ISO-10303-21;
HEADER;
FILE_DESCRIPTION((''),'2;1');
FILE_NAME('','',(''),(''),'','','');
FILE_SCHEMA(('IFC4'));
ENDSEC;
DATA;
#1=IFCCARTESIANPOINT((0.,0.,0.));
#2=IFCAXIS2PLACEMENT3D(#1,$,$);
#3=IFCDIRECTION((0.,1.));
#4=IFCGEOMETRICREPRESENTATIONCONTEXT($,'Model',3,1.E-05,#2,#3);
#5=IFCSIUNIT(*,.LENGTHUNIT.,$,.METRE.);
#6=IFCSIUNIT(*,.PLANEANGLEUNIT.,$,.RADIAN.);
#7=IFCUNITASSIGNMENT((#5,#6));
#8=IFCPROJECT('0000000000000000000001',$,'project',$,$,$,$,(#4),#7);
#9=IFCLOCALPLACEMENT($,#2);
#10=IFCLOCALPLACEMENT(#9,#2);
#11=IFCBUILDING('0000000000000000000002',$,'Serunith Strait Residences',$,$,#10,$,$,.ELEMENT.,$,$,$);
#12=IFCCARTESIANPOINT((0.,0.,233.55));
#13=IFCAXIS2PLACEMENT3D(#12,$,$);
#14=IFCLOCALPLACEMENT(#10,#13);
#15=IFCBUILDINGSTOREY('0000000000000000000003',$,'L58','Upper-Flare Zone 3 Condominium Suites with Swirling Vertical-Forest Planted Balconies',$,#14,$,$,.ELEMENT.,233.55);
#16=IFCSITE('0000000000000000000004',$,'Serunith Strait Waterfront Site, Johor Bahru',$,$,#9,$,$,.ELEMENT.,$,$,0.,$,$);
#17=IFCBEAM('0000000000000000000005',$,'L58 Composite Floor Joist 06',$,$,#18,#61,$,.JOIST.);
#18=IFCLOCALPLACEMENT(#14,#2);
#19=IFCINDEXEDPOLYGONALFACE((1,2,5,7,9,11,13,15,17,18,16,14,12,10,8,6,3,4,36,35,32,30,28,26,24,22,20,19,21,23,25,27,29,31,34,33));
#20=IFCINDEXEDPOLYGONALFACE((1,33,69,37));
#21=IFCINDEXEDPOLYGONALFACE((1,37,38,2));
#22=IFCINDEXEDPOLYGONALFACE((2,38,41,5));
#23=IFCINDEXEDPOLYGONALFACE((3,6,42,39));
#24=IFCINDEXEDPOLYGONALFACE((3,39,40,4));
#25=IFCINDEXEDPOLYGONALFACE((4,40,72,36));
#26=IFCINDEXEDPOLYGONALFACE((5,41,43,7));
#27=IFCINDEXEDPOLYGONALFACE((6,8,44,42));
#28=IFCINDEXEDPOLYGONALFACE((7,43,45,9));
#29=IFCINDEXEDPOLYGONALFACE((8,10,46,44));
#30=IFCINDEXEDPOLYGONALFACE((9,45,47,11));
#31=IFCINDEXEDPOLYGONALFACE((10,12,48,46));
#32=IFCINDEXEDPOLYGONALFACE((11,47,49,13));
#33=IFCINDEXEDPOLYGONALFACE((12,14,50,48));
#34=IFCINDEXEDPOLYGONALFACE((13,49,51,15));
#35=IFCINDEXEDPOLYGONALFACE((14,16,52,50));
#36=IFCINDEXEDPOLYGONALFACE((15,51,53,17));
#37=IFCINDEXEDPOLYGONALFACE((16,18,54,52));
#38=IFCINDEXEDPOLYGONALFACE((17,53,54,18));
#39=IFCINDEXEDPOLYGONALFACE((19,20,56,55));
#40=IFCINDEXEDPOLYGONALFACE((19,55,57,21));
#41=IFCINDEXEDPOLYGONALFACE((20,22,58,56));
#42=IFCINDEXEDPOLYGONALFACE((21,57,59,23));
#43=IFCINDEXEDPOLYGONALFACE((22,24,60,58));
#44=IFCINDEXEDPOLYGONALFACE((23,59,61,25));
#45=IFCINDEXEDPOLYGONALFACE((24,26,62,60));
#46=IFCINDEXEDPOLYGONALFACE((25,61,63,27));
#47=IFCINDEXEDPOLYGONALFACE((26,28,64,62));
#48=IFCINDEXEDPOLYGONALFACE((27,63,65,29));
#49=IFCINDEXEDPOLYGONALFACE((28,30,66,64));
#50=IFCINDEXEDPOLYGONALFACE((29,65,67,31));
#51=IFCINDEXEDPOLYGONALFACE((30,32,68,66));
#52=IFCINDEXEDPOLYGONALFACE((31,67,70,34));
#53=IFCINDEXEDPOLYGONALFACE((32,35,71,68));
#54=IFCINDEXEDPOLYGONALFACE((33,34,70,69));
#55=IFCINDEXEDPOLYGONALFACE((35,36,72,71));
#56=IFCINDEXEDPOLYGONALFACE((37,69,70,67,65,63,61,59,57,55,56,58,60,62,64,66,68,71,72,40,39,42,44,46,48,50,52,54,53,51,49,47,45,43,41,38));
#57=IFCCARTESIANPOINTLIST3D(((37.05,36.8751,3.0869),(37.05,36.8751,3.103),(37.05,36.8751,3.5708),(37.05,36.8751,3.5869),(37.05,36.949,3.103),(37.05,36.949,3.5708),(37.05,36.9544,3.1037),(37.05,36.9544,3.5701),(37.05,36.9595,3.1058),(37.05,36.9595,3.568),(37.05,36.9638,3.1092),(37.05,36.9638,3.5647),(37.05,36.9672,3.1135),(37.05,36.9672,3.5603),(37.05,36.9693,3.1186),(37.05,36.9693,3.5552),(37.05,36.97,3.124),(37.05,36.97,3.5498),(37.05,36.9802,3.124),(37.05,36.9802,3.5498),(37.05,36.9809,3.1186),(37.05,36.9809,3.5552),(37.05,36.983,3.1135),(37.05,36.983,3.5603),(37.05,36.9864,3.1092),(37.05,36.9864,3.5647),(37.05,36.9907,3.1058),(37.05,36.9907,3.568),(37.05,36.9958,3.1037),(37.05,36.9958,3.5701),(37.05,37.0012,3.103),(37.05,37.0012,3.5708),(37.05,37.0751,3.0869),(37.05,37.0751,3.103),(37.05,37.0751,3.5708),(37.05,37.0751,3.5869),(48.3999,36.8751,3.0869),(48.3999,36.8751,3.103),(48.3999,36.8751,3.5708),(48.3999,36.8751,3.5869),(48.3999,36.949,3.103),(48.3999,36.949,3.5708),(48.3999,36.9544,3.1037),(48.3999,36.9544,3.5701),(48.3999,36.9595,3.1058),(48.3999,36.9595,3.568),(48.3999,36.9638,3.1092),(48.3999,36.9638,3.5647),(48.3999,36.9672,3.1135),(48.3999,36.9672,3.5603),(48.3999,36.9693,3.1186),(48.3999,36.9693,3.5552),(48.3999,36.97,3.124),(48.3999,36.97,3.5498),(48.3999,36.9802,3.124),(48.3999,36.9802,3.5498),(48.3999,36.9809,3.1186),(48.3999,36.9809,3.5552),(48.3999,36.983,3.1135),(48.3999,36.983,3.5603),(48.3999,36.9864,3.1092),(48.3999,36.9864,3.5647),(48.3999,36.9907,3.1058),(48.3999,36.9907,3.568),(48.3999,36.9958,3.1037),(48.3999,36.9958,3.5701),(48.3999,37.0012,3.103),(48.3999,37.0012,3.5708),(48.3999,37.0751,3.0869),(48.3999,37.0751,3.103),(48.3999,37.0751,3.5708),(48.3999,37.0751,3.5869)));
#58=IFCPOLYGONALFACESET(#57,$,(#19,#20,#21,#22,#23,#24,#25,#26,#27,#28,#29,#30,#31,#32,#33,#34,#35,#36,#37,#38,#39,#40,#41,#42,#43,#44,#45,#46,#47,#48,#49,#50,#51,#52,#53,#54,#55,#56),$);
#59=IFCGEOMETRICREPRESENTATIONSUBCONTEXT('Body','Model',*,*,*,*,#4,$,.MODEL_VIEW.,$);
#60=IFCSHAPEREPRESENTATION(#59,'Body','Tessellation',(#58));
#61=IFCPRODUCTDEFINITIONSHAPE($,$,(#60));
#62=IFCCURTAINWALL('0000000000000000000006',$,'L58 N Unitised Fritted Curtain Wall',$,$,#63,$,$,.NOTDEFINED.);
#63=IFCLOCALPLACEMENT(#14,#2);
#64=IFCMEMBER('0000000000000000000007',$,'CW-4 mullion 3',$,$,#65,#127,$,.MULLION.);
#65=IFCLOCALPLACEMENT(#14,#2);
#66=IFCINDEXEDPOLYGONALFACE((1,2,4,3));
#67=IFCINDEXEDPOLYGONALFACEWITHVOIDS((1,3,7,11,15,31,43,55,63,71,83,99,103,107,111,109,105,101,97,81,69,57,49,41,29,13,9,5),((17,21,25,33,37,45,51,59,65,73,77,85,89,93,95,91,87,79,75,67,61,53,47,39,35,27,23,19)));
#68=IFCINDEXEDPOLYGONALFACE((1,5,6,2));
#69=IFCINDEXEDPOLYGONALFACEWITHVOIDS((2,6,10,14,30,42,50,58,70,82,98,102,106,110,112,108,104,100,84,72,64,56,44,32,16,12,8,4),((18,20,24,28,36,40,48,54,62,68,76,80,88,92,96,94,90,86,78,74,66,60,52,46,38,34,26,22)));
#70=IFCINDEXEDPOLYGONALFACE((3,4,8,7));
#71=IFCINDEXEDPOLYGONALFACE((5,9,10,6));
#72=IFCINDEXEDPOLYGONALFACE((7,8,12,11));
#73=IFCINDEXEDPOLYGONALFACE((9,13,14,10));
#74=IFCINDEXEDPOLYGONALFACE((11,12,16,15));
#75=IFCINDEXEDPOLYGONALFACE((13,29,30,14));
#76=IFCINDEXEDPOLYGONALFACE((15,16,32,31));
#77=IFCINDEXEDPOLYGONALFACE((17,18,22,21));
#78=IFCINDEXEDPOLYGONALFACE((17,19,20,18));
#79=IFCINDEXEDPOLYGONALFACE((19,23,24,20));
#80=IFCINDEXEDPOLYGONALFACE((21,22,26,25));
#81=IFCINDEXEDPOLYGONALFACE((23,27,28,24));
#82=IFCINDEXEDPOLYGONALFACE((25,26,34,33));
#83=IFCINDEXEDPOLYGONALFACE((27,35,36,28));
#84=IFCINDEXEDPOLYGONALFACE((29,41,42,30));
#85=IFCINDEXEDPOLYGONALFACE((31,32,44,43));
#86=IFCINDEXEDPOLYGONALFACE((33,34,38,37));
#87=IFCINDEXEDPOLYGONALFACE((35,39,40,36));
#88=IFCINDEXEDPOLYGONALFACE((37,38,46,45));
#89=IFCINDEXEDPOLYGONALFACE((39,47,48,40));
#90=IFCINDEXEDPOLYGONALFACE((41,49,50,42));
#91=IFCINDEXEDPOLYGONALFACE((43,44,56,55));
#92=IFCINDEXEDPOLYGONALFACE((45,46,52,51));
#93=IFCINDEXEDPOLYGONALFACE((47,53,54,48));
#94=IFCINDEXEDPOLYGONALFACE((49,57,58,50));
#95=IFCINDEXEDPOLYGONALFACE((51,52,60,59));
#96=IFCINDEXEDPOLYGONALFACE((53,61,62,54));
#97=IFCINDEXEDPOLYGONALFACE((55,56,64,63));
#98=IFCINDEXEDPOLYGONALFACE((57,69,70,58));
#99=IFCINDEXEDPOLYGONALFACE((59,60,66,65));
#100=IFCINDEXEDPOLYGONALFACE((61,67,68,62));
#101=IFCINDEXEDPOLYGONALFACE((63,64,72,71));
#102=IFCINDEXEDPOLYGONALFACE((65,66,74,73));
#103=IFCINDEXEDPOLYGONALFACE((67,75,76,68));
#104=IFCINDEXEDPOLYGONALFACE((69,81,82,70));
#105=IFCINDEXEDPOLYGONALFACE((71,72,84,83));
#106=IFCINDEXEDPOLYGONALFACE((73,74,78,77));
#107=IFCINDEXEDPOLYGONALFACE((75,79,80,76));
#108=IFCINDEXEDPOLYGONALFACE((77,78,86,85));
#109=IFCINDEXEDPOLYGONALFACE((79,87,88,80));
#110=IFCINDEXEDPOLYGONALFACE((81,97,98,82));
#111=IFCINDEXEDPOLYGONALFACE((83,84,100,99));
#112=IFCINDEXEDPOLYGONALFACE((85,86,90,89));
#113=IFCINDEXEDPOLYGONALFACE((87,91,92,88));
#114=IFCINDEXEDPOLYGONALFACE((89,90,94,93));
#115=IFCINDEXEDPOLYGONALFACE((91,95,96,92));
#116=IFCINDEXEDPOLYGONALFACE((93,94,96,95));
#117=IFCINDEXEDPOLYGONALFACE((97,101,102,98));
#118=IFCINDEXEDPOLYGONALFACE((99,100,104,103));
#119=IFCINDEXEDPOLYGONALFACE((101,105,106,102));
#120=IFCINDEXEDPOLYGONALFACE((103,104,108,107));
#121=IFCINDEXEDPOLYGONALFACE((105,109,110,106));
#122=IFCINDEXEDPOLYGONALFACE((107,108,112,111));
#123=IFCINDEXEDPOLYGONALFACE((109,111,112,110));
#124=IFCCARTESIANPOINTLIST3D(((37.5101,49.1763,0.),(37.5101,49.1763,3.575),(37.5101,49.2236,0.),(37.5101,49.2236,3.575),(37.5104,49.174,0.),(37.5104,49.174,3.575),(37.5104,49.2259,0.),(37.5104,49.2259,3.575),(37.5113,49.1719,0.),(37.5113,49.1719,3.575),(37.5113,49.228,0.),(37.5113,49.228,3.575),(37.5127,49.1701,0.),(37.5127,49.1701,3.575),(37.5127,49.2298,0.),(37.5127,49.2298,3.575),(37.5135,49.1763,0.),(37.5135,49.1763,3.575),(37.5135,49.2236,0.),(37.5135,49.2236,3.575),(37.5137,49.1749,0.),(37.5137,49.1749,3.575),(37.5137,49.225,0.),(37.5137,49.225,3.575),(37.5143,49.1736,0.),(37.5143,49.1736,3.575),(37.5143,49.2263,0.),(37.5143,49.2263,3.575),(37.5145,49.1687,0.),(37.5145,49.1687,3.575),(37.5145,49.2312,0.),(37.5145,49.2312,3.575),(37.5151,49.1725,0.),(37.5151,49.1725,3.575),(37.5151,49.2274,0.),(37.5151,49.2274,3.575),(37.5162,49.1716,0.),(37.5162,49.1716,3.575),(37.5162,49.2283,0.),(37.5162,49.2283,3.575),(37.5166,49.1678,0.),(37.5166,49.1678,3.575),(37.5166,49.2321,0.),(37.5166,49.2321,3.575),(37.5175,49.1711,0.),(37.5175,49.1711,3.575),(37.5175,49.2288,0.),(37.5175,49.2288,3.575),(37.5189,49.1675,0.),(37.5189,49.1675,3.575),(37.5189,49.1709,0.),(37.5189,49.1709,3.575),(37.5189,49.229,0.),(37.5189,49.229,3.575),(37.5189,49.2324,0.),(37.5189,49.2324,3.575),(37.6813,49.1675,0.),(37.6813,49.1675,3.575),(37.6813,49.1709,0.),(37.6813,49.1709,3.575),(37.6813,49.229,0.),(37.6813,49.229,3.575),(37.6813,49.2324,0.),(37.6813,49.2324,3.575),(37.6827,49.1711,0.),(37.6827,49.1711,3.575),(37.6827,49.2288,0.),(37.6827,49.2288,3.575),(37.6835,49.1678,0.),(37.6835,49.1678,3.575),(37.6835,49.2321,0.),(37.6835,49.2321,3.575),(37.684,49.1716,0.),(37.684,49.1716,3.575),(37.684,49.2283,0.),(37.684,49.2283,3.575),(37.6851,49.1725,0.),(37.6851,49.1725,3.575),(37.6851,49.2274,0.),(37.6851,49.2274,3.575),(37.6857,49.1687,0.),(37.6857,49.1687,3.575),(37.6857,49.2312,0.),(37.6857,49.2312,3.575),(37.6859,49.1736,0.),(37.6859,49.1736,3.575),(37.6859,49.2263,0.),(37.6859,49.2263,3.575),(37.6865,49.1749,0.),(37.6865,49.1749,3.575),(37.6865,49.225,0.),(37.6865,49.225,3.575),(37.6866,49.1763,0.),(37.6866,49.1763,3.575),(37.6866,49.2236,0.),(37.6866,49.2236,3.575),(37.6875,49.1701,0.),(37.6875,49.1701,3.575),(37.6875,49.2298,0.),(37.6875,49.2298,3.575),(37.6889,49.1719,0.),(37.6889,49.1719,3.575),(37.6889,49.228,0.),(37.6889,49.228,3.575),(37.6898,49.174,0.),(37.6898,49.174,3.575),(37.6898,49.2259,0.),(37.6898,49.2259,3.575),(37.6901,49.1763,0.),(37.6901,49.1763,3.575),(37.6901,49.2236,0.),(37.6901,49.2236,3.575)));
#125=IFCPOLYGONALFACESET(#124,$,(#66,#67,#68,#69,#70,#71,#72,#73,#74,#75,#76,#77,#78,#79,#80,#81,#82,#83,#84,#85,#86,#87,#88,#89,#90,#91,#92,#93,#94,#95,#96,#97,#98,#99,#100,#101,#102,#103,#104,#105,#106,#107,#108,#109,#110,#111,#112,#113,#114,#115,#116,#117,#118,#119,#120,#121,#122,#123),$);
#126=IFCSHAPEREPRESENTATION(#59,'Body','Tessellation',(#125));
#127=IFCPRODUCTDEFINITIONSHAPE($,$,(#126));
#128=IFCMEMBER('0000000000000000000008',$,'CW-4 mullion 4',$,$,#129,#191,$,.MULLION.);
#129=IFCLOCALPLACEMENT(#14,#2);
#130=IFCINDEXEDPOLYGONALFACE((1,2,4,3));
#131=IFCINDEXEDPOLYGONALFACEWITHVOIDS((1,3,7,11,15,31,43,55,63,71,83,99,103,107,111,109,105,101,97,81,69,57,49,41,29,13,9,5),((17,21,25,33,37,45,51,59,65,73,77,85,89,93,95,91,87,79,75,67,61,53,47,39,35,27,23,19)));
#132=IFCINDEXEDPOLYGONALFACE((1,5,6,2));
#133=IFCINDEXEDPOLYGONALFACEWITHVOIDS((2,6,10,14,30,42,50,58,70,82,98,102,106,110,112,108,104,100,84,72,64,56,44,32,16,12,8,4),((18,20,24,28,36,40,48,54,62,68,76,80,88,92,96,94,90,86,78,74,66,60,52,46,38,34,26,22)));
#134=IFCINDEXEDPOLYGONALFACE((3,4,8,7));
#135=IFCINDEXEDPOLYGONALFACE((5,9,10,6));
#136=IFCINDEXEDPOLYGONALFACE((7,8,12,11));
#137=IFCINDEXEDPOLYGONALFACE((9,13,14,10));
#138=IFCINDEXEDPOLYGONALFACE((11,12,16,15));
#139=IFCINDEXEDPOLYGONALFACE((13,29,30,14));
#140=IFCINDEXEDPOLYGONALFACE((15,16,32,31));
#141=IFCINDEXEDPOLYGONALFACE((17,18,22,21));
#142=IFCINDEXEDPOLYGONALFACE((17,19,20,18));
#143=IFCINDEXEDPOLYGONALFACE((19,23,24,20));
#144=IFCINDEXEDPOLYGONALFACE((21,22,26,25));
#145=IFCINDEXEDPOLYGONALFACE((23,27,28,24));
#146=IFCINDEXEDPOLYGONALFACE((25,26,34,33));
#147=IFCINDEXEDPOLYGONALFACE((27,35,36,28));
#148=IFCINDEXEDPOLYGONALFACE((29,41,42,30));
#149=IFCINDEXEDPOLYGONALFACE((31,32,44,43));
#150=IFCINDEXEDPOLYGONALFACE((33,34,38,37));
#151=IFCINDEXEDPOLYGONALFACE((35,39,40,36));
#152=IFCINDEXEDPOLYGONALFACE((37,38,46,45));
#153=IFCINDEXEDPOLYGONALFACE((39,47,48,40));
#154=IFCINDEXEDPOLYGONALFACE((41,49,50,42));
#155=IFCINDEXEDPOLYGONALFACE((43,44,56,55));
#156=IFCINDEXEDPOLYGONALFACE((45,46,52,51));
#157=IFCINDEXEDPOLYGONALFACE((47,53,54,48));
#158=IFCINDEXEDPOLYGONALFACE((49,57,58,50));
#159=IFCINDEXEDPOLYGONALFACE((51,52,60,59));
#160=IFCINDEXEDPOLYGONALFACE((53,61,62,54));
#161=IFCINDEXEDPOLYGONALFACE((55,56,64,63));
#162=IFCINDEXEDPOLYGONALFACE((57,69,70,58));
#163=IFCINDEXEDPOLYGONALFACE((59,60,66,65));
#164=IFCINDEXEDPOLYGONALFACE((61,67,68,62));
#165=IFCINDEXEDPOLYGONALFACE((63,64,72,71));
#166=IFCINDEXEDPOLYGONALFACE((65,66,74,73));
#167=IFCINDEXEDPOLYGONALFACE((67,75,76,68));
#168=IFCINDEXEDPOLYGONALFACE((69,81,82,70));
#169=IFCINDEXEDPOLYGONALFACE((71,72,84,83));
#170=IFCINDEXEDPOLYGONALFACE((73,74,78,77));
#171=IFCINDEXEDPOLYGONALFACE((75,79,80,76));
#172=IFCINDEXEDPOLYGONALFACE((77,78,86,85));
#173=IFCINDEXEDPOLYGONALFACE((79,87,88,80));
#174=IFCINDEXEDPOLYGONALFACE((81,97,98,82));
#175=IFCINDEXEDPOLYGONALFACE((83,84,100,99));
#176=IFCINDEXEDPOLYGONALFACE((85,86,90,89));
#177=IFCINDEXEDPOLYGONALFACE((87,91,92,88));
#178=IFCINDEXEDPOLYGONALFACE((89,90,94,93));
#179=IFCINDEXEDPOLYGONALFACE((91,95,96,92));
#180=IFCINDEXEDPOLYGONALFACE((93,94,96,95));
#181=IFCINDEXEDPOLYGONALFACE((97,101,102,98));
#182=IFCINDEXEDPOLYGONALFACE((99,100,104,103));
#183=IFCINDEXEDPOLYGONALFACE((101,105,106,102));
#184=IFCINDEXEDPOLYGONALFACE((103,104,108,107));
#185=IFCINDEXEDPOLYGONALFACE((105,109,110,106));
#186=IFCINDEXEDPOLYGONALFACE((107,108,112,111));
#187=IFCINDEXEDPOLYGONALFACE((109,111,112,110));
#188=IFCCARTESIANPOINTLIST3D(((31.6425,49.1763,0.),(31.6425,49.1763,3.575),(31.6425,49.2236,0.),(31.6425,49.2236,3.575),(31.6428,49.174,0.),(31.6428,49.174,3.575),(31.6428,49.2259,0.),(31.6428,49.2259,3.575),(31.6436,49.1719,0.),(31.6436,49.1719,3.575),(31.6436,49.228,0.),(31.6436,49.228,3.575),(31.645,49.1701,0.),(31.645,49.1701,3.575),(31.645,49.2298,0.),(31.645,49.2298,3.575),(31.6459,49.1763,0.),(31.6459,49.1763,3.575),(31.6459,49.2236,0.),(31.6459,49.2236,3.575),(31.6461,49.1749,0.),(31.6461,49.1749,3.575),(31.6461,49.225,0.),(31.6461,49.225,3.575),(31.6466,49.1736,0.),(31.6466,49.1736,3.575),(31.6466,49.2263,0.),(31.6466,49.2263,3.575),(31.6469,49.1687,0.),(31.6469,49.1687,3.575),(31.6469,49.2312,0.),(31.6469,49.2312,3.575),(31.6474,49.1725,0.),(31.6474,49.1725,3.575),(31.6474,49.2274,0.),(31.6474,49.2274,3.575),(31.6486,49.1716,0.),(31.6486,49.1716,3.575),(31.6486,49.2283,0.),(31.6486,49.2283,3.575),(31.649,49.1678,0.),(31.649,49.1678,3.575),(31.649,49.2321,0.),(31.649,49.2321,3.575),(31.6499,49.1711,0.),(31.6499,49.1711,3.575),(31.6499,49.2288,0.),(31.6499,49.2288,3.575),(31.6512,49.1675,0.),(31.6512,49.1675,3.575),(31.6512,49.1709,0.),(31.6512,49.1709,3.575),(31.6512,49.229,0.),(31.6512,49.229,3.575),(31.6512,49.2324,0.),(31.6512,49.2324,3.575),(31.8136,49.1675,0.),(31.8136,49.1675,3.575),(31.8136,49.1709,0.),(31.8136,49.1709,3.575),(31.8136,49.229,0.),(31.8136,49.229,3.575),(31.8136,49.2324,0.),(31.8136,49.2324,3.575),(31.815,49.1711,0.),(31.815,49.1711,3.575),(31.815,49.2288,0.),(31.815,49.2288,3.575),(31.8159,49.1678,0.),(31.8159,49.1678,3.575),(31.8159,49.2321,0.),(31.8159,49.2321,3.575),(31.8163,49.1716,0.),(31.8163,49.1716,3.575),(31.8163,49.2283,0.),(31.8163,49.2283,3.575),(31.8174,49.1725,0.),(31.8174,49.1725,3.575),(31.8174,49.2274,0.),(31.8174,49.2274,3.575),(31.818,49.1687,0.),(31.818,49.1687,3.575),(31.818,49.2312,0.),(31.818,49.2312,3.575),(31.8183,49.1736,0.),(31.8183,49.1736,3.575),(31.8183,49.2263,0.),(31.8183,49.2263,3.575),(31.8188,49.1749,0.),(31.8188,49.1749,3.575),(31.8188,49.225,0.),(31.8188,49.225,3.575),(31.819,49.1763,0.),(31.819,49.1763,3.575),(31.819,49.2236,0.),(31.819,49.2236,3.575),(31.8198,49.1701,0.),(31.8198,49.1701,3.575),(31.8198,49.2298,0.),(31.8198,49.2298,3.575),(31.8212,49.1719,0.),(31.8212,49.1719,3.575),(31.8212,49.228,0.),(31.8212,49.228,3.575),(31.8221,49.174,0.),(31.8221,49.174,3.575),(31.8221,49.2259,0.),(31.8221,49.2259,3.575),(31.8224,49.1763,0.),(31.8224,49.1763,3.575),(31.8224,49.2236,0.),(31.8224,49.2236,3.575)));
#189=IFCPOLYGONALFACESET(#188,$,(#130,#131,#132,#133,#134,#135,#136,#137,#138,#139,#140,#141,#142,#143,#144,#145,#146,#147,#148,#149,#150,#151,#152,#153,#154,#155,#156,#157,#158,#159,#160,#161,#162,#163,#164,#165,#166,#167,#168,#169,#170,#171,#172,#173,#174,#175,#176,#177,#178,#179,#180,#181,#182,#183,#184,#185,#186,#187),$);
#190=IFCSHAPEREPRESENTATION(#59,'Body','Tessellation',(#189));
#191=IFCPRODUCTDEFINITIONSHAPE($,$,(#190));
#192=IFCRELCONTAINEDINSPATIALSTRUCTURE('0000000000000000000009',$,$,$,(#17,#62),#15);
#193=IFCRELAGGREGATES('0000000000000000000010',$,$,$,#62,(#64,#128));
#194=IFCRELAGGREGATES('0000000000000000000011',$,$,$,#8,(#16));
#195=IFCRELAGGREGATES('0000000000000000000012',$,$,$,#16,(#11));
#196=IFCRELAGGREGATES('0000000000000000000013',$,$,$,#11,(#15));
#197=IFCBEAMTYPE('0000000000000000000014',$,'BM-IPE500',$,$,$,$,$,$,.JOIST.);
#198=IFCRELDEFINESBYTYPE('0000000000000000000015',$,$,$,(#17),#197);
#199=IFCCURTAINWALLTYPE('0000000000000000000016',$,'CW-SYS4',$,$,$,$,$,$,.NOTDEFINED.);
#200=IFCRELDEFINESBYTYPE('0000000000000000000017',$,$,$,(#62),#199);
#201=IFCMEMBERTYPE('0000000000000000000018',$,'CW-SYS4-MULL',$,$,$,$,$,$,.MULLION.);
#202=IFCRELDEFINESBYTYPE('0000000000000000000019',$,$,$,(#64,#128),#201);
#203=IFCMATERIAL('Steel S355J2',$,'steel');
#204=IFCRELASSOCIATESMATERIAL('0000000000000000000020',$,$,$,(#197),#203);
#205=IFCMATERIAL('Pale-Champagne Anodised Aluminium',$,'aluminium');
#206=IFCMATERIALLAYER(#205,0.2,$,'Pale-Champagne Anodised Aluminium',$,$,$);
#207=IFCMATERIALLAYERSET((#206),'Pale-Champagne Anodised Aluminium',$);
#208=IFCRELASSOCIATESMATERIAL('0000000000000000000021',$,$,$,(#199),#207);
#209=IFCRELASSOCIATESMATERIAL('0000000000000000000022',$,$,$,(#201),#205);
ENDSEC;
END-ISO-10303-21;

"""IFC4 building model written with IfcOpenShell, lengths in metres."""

from ifc_helpers import new_model, si_unit, direction, frame, origin, origin_2d, place, context, subcontext, project, spatial, hollow_rectangle, i_section, extrude, source, transform, mapped, material, layer, layer_set, material_profile, profile_set, type_object, element, aggregate, save


model = new_model("IFC4")

# Units and contexts
model_context = context("Model", 3, precision=1e-05, world=origin(), true_north=direction((0.0, 1.0)))
body_context = subcontext(model_context, "Body", "Model", "MODEL_VIEW")
ifc_project = project(units=[si_unit("LENGTHUNIT", "METRE"), si_unit("PLANEANGLEUNIT", "RADIAN")], contexts=[model_context])

# Site, building, storey
site_placement = place(None, origin())
site = spatial("IfcSite", under=ifc_project, at=site_placement, Name="Serunith Strait Waterfront Site, Johor Bahru", CompositionType="ELEMENT", RefElevation=0.0)
building_placement = place(site_placement, origin())
building = spatial("IfcBuilding", under=site, at=building_placement, Name="Serunith Strait Residences", CompositionType="ELEMENT")
storey_placement = place(building_placement, frame((0.0, 0.0, 233.55)))
storey = spatial("IfcBuildingStorey", under=building, at=storey_placement, Name="L58", Description="Upper-Flare Zone 3 Condominium Suites with Swirling Vertical-Forest Planted Balconies", CompositionType="ELEMENT", Elevation=233.55)

# Beam
ifc_material_1 = material(Name="Steel S355J2", Category="steel")
ifc_material_profile_1 = material_profile(ifc_material_1, i_section(OverallWidth=0.2, OverallDepth=0.5, WebThickness=0.0103, FlangeThickness=0.0161, FilletRadius=0.021, at=origin_2d()), Name="IPE 500")
ifc_profile_set_1 = profile_set([ifc_material_profile_1], Name="Steel S355J2")
beam_type_1 = type_object("IfcBeamType", Name="BM-IPE500", PredefinedType="JOIST", material=ifc_profile_set_1)
shared_shape_1 = source(origin(), body_context, "Body", "SweptSolid", [
    extrude(i_section(OverallWidth=0.2, OverallDepth=0.5, WebThickness=0.0103, FlangeThickness=0.0161, FilletRadius=0.021, at=origin_2d()), origin(), (0.0, 0.0, 1.0), 11.3499),
])
beam_1_placement = place(storey_placement, frame((37.05, 36.9751, 3.3369), z_axis=(1.0, 0.0, 0.0), x_axis=(0.0, 1.0, 0.0)))
element("IfcBeam", 1, at=beam_1_placement, inside=storey, type_object=beam_type_1, Name="L58 Composite Floor Joist 06", PredefinedType="JOIST", context=body_context, shape_type="MappedRepresentation", body=[
    mapped(shared_shape_1, transform((0.0, 0.0, 0.0), scale=1.0)),
])

# Curtain wall, members
ifc_material_2 = material(Name="Pale-Champagne Anodised Aluminium", Category="aluminium")
ifc_layer_1 = layer(ifc_material_2, 0.2, Name="Pale-Champagne Anodised Aluminium")
ifc_layer_set_1 = layer_set([ifc_layer_1], Name="Pale-Champagne Anodised Aluminium")
curtain_wall_type = type_object("IfcCurtainWallType", Name="CW-SYS4", PredefinedType="NOTDEFINED", material=ifc_layer_set_1)
curtain_wall_placement = place(storey_placement, origin())
curtain_wall = element("IfcCurtainWall", 2, at=curtain_wall_placement, inside=storey, type_object=curtain_wall_type, Name="L58 N Unitised Fritted Curtain Wall", PredefinedType="NOTDEFINED")
ifc_material_profile_2 = material_profile(ifc_material_2, hollow_rectangle(XDim=0.0649, YDim=0.1799, WallThickness=0.0034, InnerFilletRadius=0.0054, OuterFilletRadius=0.0088, at=origin_2d()), Name="ALU 180x65x3.5")
ifc_profile_set_2 = profile_set([ifc_material_profile_2], Name="Pale-Champagne Anodised Aluminium")
member_type_1 = type_object("IfcMemberType", Name="CW-SYS4-MULL", PredefinedType="MULLION", material=ifc_profile_set_2)
shared_shape_2 = source(origin(), body_context, "Body", "SweptSolid", [
    extrude(hollow_rectangle(XDim=0.0649, YDim=0.1799, WallThickness=0.0034, InnerFilletRadius=0.0054, OuterFilletRadius=0.0088, at=origin_2d()), origin(), (0.0, 0.0, 1.0), 3.575),
])
member_1_placement = place(storey_placement, frame((37.6001, 49.2, 0.0), z_axis=(0.0, 0.0, 1.0), x_axis=(0.0, -1.0, 0.0)))
member_1 = element("IfcMember", 3, at=member_1_placement, type_object=member_type_1, Name="CW-4 mullion 3", PredefinedType="MULLION", context=body_context, shape_type="MappedRepresentation", body=[
    mapped(shared_shape_2, transform((0.0, 0.0, 0.0), scale=1.0)),
])
member_2_placement = place(storey_placement, frame((31.7324, 49.2, 0.0), z_axis=(0.0, 0.0, 1.0), x_axis=(0.0, -1.0, 0.0)))
member_2 = element("IfcMember", 4, at=member_2_placement, type_object=member_type_1, Name="CW-4 mullion 4", PredefinedType="MULLION", context=body_context, shape_type="MappedRepresentation", body=[
    mapped(shared_shape_2, transform((0.0, 0.0, 0.0), scale=1.0)),
])
aggregate(curtain_wall, [member_1, member_2])

save(model, "model.ifc")
